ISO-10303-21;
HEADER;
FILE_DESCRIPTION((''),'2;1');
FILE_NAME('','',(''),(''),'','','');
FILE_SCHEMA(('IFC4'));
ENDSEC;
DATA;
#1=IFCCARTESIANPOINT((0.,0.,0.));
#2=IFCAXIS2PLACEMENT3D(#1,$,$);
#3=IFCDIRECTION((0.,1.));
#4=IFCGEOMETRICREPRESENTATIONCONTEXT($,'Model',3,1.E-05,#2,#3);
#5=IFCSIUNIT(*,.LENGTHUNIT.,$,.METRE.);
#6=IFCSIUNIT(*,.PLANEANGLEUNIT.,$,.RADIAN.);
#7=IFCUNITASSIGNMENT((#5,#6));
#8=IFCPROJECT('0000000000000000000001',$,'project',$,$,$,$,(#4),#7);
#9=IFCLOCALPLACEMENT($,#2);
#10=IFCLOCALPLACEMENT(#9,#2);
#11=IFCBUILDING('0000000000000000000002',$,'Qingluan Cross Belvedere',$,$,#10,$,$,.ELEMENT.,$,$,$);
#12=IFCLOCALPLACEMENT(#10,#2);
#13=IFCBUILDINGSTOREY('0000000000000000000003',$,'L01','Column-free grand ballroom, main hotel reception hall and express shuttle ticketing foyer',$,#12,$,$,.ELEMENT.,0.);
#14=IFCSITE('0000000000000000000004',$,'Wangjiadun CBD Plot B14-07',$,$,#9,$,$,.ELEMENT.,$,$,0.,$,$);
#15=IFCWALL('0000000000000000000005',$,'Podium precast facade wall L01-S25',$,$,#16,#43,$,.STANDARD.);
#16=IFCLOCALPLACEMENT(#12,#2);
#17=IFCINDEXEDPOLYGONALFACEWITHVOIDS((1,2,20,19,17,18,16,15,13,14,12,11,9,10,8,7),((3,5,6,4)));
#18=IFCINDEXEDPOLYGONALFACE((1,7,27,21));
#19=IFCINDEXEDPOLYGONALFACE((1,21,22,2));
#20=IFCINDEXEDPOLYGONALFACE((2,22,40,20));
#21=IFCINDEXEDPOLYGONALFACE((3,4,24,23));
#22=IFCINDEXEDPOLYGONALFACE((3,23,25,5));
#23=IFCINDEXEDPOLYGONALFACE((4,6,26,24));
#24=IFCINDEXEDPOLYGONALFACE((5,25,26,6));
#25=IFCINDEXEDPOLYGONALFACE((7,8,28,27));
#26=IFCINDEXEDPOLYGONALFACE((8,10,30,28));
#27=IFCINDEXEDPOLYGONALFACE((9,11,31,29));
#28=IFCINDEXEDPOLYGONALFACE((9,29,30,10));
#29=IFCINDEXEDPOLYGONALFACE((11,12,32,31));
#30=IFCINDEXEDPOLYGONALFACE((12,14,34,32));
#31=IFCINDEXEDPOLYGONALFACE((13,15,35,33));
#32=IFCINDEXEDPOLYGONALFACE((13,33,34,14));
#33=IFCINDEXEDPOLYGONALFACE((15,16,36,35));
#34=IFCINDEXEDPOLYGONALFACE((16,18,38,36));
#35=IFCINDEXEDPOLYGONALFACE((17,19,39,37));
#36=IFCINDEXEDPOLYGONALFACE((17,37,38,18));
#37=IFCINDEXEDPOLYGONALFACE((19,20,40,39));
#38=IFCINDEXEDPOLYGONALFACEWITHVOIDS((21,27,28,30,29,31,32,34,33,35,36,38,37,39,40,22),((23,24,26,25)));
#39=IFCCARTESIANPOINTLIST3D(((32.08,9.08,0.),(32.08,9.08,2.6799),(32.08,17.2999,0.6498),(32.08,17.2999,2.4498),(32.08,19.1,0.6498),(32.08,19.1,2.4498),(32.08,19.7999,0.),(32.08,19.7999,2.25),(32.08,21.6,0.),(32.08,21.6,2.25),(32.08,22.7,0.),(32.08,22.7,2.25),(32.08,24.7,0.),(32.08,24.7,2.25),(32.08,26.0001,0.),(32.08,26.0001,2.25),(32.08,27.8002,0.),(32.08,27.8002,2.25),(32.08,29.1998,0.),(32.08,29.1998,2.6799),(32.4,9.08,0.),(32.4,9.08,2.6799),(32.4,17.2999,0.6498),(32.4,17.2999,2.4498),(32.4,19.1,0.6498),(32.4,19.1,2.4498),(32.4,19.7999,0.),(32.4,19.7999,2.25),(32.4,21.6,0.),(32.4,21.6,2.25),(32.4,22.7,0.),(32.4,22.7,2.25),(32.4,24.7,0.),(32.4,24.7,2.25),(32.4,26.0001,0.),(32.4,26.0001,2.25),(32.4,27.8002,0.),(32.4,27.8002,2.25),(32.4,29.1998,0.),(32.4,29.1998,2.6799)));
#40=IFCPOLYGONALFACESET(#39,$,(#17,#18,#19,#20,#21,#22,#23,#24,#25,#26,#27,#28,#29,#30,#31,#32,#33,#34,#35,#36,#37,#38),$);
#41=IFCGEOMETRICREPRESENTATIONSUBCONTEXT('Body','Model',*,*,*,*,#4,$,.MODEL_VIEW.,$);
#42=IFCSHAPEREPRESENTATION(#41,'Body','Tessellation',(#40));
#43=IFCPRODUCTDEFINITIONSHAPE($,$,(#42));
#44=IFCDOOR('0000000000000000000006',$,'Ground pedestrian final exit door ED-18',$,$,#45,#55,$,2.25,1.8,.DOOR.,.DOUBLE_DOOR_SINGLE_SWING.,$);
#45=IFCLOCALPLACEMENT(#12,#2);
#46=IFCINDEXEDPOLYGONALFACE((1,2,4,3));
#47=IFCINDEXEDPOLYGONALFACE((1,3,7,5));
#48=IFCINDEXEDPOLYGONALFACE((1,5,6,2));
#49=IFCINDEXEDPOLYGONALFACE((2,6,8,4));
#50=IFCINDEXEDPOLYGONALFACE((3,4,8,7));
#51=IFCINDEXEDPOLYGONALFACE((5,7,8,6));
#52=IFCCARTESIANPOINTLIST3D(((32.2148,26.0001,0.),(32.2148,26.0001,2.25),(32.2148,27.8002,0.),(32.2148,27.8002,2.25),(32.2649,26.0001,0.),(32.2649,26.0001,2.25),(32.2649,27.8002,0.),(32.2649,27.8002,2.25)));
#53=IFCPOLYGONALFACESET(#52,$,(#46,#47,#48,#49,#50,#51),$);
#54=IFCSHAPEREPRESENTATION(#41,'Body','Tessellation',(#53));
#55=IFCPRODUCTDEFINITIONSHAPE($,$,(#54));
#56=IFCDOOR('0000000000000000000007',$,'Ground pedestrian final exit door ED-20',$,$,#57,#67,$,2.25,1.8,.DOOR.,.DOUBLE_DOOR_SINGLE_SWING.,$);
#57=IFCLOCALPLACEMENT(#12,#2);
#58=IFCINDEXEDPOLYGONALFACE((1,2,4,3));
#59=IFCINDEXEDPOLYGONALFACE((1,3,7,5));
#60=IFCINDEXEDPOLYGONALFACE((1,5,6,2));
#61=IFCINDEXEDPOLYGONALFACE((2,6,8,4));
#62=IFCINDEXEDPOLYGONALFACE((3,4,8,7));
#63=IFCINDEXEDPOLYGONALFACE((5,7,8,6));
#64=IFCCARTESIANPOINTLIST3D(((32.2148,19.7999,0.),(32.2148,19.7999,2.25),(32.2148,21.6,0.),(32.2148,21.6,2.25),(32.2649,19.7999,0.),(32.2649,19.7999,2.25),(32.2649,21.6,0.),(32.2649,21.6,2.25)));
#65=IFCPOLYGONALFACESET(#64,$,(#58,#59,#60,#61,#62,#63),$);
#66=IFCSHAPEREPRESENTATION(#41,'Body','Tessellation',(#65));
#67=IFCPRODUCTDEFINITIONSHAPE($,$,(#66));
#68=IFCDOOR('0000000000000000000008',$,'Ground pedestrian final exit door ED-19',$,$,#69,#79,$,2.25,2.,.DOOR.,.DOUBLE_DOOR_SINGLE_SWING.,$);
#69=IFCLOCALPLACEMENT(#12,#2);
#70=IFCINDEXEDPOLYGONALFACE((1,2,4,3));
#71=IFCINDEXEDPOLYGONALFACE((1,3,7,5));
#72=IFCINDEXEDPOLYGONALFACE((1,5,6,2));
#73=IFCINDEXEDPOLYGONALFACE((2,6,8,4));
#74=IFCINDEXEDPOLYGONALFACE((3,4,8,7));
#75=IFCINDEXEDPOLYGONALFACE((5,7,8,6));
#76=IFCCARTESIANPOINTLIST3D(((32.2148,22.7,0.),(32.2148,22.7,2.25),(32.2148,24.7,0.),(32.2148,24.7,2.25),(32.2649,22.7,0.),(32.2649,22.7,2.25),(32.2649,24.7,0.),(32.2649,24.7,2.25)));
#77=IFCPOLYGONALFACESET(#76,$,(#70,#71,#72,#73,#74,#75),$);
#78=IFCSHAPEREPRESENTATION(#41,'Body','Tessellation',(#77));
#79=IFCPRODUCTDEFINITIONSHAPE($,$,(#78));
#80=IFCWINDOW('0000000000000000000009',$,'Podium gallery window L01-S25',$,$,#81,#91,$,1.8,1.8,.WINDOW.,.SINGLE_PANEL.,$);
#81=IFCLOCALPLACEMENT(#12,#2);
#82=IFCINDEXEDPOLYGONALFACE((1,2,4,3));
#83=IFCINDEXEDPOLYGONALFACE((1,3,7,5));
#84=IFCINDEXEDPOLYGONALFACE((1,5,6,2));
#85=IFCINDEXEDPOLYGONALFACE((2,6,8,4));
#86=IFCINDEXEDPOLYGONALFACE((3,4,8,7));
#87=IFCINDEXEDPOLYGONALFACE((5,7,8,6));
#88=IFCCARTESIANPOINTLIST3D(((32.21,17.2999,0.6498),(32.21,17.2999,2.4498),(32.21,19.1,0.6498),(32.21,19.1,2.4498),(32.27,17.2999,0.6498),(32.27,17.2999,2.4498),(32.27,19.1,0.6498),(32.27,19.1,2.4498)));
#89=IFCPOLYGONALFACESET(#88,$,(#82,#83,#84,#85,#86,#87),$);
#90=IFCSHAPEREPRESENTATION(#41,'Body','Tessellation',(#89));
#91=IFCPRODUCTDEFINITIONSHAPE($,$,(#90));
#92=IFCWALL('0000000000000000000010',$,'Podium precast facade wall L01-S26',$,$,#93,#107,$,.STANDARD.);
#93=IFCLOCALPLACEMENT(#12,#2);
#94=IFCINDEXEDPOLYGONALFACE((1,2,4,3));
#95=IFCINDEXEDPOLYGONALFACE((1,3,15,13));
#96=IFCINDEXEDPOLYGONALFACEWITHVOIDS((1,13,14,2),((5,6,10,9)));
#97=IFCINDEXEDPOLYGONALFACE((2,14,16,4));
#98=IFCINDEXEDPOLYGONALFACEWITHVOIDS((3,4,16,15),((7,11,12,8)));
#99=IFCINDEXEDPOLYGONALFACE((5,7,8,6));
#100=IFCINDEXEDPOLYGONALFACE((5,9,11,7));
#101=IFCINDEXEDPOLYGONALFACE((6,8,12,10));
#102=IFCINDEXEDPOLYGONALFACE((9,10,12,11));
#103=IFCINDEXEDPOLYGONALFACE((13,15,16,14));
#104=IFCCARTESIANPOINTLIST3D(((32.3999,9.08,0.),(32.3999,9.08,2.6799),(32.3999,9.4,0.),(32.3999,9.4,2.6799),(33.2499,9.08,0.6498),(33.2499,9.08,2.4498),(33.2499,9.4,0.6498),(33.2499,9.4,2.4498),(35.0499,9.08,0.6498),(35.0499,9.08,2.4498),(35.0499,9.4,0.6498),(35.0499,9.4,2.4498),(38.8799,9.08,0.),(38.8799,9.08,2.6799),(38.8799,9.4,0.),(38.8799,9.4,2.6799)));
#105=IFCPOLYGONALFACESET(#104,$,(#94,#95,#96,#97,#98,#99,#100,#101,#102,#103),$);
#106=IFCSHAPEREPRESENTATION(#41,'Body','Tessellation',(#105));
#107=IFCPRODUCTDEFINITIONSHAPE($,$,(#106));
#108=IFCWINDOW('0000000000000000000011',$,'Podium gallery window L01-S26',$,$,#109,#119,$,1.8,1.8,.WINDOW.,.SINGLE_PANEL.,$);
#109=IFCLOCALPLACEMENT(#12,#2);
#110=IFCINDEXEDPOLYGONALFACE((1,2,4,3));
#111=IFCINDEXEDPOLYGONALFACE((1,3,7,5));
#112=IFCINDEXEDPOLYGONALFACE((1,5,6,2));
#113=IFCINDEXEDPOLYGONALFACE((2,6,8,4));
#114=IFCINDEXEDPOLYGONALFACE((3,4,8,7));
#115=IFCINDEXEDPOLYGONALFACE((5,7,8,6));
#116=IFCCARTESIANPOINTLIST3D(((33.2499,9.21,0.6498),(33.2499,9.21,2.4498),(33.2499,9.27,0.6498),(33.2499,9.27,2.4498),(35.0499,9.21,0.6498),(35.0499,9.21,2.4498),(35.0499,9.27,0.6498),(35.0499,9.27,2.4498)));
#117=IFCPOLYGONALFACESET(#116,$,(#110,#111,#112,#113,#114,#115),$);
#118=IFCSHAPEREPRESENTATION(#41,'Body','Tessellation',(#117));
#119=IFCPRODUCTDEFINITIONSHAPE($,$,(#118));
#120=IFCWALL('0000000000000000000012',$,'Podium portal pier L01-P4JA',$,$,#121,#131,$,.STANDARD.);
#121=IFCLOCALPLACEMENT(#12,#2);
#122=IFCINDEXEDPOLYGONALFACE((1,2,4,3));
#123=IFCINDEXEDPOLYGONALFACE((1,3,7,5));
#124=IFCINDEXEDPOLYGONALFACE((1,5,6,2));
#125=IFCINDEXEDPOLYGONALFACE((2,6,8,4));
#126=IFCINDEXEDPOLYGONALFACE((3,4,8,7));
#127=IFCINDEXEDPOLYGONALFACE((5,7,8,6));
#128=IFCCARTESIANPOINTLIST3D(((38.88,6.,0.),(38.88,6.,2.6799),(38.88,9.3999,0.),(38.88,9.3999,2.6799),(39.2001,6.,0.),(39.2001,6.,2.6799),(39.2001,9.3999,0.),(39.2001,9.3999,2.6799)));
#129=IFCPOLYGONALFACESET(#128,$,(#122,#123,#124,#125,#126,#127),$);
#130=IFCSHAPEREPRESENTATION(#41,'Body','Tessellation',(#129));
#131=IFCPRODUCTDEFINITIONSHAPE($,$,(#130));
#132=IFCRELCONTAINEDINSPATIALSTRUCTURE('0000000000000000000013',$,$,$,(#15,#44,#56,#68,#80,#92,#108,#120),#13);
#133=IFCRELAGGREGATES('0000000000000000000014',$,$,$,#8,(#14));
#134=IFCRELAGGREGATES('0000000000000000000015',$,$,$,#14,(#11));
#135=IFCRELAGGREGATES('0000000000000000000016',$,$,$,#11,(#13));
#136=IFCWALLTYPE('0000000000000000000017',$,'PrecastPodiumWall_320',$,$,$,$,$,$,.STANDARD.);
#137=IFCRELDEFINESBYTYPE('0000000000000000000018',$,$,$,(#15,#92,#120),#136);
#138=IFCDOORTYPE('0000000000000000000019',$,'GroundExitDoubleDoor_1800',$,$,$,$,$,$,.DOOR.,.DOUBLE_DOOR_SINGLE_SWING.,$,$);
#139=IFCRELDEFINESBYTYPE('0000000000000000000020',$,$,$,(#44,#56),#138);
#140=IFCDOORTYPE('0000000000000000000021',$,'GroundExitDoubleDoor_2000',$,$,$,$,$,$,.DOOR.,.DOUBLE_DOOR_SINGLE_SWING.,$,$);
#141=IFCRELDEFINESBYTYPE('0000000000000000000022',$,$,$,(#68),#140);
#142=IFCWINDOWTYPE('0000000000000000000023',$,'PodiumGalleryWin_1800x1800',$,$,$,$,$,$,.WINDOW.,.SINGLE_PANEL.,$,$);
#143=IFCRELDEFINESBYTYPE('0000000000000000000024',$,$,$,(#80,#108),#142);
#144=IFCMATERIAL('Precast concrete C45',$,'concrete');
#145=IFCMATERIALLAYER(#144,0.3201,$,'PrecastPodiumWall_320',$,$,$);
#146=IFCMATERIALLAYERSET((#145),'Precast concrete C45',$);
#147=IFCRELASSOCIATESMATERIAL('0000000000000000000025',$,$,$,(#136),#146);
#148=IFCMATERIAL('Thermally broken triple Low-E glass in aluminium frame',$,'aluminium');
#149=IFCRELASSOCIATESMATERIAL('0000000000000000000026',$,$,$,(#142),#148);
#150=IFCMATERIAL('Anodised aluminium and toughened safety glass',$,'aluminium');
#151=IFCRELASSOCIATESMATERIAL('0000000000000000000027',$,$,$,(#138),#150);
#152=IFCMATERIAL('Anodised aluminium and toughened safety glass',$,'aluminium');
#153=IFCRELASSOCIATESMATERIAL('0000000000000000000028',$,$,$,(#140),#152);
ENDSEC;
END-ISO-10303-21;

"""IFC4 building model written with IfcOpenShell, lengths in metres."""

from ifc_helpers import new_model, si_unit, direction, frame, frame_2d, origin, place, context, subcontext, project, spatial, rectangle, extrude, material, layer, layer_set, type_object, element, fill, save


model = new_model("IFC4")

# Units and contexts
model_context = context("Model", 3, precision=1e-05, world=origin(), true_north=direction((0.0, 1.0)))
body_context = subcontext(model_context, "Body", "Model", "MODEL_VIEW")
ifc_project = project(units=[si_unit("LENGTHUNIT", "METRE"), si_unit("PLANEANGLEUNIT", "RADIAN")], contexts=[model_context])

# Site, building, storey
site_placement = place(None, origin())
site = spatial("IfcSite", under=ifc_project, at=site_placement, Name="Wangjiadun CBD Plot B14-07", CompositionType="ELEMENT", RefElevation=0.0)
building_placement = place(site_placement, origin())
building = spatial("IfcBuilding", under=site, at=building_placement, Name="Qingluan Cross Belvedere", CompositionType="ELEMENT")
storey_placement = place(building_placement, origin())
storey = spatial("IfcBuildingStorey", under=building, at=storey_placement, Name="L01", Description="Column-free grand ballroom, main hotel reception hall and express shuttle ticketing foyer", CompositionType="ELEMENT", Elevation=0.0)

# Shared definitions
ifc_material_1 = material(Name="Precast concrete C45", Category="concrete")
ifc_layer_1 = layer(ifc_material_1, 0.3201, Name="PrecastPodiumWall_320")
ifc_layer_set_1 = layer_set([ifc_layer_1], Name="Precast concrete C45")
wall_type_1 = type_object("IfcWallType", Name="PrecastPodiumWall_320", PredefinedType="STANDARD", material=ifc_layer_set_1)

# Shared definitions
ifc_material_2 = material(Name="Thermally broken triple Low-E glass in aluminium frame", Category="aluminium")
window_type = type_object("IfcWindowType", Name="PodiumGalleryWin_1800x1800", PartitioningType="SINGLE_PANEL", PredefinedType="WINDOW", material=ifc_material_2)

# Wall, openings, doors, window
wall_1_placement = place(storey_placement, frame((32.24, 29.2, 0.0), z_axis=(0.0, 0.0, 1.0), x_axis=(0.0, -1.0, 0.0)))
wall_1 = element("IfcWall", 1, at=wall_1_placement, inside=storey, type_object=wall_type_1, Name="Podium precast facade wall L01-S25", PredefinedType="STANDARD", context=body_context, shape_type="SweptSolid", body=[
    extrude(rectangle(XDim=20.1199, YDim=0.3201, at=frame_2d((10.0601, 0.0))), origin(), (0.0, 0.0, 1.0), 2.6799),
])
opening_1_placement = place(wall_1_placement, frame((1.3999, 0.0, 0.0)))
opening_1 = element("IfcOpeningElement", 2, at=opening_1_placement, cuts=wall_1, PredefinedType="OPENING", context=body_context, shape_type="SweptSolid", body=[
    extrude(rectangle(XDim=1.8, YDim=2.25, at=frame_2d((0.8999, 1.125))), frame((0.0, 0.1699, 0.0), z_axis=(0.0, -1.0, 0.0), x_axis=(1.0, 0.0, 0.0)), (0.0, 0.0, 1.0), 0.3401),
])
opening_2_placement = place(wall_1_placement, frame((4.5, 0.0, 0.0)))
opening_2 = element("IfcOpeningElement", 3, at=opening_2_placement, cuts=wall_1, PredefinedType="OPENING", context=body_context, shape_type="SweptSolid", body=[
    extrude(rectangle(XDim=2.0, YDim=2.25, at=frame_2d((1.0, 1.125))), frame((0.0, 0.1699, 0.0), z_axis=(0.0, -1.0, 0.0), x_axis=(1.0, 0.0, 0.0)), (0.0, 0.0, 1.0), 0.3401),
])
opening_3_placement = place(wall_1_placement, frame((7.6001, 0.0, 0.0)))
opening_3 = element("IfcOpeningElement", 4, at=opening_3_placement, cuts=wall_1, PredefinedType="OPENING", context=body_context, shape_type="SweptSolid", body=[
    extrude(rectangle(XDim=1.8, YDim=2.25, at=frame_2d((0.8999, 1.125))), frame((0.0, 0.1699, 0.0), z_axis=(0.0, -1.0, 0.0), x_axis=(1.0, 0.0, 0.0)), (0.0, 0.0, 1.0), 0.3401),
])
opening_4_placement = place(wall_1_placement, frame((10.1001, 0.0, 0.6499)))
opening_4 = element("IfcOpeningElement", 5, at=opening_4_placement, cuts=wall_1, PredefinedType="OPENING", context=body_context, shape_type="SweptSolid", body=[
    extrude(rectangle(XDim=1.8, YDim=1.8, at=frame_2d((0.8999, 0.8999))), frame((0.0, 0.1699, 0.0), z_axis=(0.0, -1.0, 0.0), x_axis=(1.0, 0.0, 0.0)), (0.0, 0.0, 1.0), 0.3401),
])
ifc_material_3 = material(Name="Anodised aluminium and toughened safety glass", Category="aluminium")
door_type_1 = type_object("IfcDoorType", Name="GroundExitDoubleDoor_1800", OperationType="DOUBLE_DOOR_SINGLE_SWING", PredefinedType="DOOR", material=ifc_material_3)
door_1_placement = place(opening_1_placement, origin())
door_1 = element("IfcDoor", 6, at=door_1_placement, inside=storey, type_object=door_type_1, Name="Ground pedestrian final exit door ED-18", OperationType="DOUBLE_DOOR_SINGLE_SWING", OverallHeight=2.25, OverallWidth=1.8, PredefinedType="DOOR", context=body_context, shape_type="SweptSolid", body=[
    extrude(rectangle(XDim=1.8, YDim=2.25, at=frame_2d((0.8999, 1.125))), frame((0.0, 0.0249, 0.0), z_axis=(0.0, -1.0, 0.0), x_axis=(1.0, 0.0, 0.0)), (0.0, 0.0, 1.0), 0.05),
])
fill(opening_1, door_1)
door_2_placement = place(opening_3_placement, origin())
door_2 = element("IfcDoor", 7, at=door_2_placement, inside=storey, type_object=door_type_1, Name="Ground pedestrian final exit door ED-20", OperationType="DOUBLE_DOOR_SINGLE_SWING", OverallHeight=2.25, OverallWidth=1.8, PredefinedType="DOOR", context=body_context, shape_type="SweptSolid", body=[
    extrude(rectangle(XDim=1.8, YDim=2.25, at=frame_2d((0.8999, 1.125))), frame((0.0, 0.0249, 0.0), z_axis=(0.0, -1.0, 0.0), x_axis=(1.0, 0.0, 0.0)), (0.0, 0.0, 1.0), 0.05),
])
fill(opening_3, door_2)
ifc_material_4 = material(Name="Anodised aluminium and toughened safety glass", Category="aluminium")
door_type_2 = type_object("IfcDoorType", Name="GroundExitDoubleDoor_2000", OperationType="DOUBLE_DOOR_SINGLE_SWING", PredefinedType="DOOR", material=ifc_material_4)
door_3_placement = place(opening_2_placement, origin())
door_3 = element("IfcDoor", 8, at=door_3_placement, inside=storey, type_object=door_type_2, Name="Ground pedestrian final exit door ED-19", OperationType="DOUBLE_DOOR_SINGLE_SWING", OverallHeight=2.25, OverallWidth=2.0, PredefinedType="DOOR", context=body_context, shape_type="SweptSolid", body=[
    extrude(rectangle(XDim=2.0, YDim=2.25, at=frame_2d((1.0, 1.125))), frame((0.0, 0.0249, 0.0), z_axis=(0.0, -1.0, 0.0), x_axis=(1.0, 0.0, 0.0)), (0.0, 0.0, 1.0), 0.05),
])
fill(opening_2, door_3)
window_1_placement = place(opening_4_placement, origin())
window_1 = element("IfcWindow", 9, at=window_1_placement, inside=storey, type_object=window_type, Name="Podium gallery window L01-S25", OverallHeight=1.8, OverallWidth=1.8, PartitioningType="SINGLE_PANEL", PredefinedType="WINDOW", context=body_context, shape_type="SweptSolid", body=[
    extrude(rectangle(XDim=1.8, YDim=1.8, at=frame_2d((0.8999, 0.8999))), frame((0.0, 0.03, 0.0), z_axis=(0.0, -1.0, 0.0), x_axis=(1.0, 0.0, 0.0)), (0.0, 0.0, 1.0), 0.0601),
])
fill(opening_4, window_1)

# Wall, opening, window
wall_2_placement = place(storey_placement, frame((32.3999, 9.24, 0.0), z_axis=(0.0, 0.0, 1.0), x_axis=(1.0, 0.0, 0.0)))
wall_2 = element("IfcWall", 10, at=wall_2_placement, inside=storey, type_object=wall_type_1, Name="Podium precast facade wall L01-S26", PredefinedType="STANDARD", context=body_context, shape_type="SweptSolid", body=[
    extrude(rectangle(XDim=6.48, YDim=0.3201, at=frame_2d((3.24, 0.0))), origin(), (0.0, 0.0, 1.0), 2.6799),
])
opening_5_placement = place(wall_2_placement, frame((0.8501, 0.0, 0.6499)))
opening_5 = element("IfcOpeningElement", 11, at=opening_5_placement, cuts=wall_2, PredefinedType="OPENING", context=body_context, shape_type="SweptSolid", body=[
    extrude(rectangle(XDim=1.8, YDim=1.8, at=frame_2d((0.8999, 0.8999))), frame((0.0, 0.1699, 0.0), z_axis=(0.0, -1.0, 0.0), x_axis=(1.0, 0.0, 0.0)), (0.0, 0.0, 1.0), 0.3401),
])
window_2_placement = place(opening_5_placement, origin())
window_2 = element("IfcWindow", 12, at=window_2_placement, inside=storey, type_object=window_type, Name="Podium gallery window L01-S26", OverallHeight=1.8, OverallWidth=1.8, PartitioningType="SINGLE_PANEL", PredefinedType="WINDOW", context=body_context, shape_type="SweptSolid", body=[
    extrude(rectangle(XDim=1.8, YDim=1.8, at=frame_2d((0.8999, 0.8999))), frame((0.0, 0.03, 0.0), z_axis=(0.0, -1.0, 0.0), x_axis=(1.0, 0.0, 0.0)), (0.0, 0.0, 1.0), 0.0601),
])
fill(opening_5, window_2)

# Wall
wall_3_placement = place(storey_placement, frame((39.04, 9.3999, 0.0), z_axis=(0.0, 0.0, 1.0), x_axis=(0.0, -1.0, 0.0)))
element("IfcWall", 13, at=wall_3_placement, inside=storey, type_object=wall_type_1, Name="Podium portal pier L01-P4JA", PredefinedType="STANDARD", context=body_context, shape_type="SweptSolid", body=[
    extrude(rectangle(XDim=3.3999, YDim=0.3201, at=frame_2d((1.7, 0.0))), origin(), (0.0, 0.0, 1.0), 2.6799),
])

save(model, "model.ifc")
